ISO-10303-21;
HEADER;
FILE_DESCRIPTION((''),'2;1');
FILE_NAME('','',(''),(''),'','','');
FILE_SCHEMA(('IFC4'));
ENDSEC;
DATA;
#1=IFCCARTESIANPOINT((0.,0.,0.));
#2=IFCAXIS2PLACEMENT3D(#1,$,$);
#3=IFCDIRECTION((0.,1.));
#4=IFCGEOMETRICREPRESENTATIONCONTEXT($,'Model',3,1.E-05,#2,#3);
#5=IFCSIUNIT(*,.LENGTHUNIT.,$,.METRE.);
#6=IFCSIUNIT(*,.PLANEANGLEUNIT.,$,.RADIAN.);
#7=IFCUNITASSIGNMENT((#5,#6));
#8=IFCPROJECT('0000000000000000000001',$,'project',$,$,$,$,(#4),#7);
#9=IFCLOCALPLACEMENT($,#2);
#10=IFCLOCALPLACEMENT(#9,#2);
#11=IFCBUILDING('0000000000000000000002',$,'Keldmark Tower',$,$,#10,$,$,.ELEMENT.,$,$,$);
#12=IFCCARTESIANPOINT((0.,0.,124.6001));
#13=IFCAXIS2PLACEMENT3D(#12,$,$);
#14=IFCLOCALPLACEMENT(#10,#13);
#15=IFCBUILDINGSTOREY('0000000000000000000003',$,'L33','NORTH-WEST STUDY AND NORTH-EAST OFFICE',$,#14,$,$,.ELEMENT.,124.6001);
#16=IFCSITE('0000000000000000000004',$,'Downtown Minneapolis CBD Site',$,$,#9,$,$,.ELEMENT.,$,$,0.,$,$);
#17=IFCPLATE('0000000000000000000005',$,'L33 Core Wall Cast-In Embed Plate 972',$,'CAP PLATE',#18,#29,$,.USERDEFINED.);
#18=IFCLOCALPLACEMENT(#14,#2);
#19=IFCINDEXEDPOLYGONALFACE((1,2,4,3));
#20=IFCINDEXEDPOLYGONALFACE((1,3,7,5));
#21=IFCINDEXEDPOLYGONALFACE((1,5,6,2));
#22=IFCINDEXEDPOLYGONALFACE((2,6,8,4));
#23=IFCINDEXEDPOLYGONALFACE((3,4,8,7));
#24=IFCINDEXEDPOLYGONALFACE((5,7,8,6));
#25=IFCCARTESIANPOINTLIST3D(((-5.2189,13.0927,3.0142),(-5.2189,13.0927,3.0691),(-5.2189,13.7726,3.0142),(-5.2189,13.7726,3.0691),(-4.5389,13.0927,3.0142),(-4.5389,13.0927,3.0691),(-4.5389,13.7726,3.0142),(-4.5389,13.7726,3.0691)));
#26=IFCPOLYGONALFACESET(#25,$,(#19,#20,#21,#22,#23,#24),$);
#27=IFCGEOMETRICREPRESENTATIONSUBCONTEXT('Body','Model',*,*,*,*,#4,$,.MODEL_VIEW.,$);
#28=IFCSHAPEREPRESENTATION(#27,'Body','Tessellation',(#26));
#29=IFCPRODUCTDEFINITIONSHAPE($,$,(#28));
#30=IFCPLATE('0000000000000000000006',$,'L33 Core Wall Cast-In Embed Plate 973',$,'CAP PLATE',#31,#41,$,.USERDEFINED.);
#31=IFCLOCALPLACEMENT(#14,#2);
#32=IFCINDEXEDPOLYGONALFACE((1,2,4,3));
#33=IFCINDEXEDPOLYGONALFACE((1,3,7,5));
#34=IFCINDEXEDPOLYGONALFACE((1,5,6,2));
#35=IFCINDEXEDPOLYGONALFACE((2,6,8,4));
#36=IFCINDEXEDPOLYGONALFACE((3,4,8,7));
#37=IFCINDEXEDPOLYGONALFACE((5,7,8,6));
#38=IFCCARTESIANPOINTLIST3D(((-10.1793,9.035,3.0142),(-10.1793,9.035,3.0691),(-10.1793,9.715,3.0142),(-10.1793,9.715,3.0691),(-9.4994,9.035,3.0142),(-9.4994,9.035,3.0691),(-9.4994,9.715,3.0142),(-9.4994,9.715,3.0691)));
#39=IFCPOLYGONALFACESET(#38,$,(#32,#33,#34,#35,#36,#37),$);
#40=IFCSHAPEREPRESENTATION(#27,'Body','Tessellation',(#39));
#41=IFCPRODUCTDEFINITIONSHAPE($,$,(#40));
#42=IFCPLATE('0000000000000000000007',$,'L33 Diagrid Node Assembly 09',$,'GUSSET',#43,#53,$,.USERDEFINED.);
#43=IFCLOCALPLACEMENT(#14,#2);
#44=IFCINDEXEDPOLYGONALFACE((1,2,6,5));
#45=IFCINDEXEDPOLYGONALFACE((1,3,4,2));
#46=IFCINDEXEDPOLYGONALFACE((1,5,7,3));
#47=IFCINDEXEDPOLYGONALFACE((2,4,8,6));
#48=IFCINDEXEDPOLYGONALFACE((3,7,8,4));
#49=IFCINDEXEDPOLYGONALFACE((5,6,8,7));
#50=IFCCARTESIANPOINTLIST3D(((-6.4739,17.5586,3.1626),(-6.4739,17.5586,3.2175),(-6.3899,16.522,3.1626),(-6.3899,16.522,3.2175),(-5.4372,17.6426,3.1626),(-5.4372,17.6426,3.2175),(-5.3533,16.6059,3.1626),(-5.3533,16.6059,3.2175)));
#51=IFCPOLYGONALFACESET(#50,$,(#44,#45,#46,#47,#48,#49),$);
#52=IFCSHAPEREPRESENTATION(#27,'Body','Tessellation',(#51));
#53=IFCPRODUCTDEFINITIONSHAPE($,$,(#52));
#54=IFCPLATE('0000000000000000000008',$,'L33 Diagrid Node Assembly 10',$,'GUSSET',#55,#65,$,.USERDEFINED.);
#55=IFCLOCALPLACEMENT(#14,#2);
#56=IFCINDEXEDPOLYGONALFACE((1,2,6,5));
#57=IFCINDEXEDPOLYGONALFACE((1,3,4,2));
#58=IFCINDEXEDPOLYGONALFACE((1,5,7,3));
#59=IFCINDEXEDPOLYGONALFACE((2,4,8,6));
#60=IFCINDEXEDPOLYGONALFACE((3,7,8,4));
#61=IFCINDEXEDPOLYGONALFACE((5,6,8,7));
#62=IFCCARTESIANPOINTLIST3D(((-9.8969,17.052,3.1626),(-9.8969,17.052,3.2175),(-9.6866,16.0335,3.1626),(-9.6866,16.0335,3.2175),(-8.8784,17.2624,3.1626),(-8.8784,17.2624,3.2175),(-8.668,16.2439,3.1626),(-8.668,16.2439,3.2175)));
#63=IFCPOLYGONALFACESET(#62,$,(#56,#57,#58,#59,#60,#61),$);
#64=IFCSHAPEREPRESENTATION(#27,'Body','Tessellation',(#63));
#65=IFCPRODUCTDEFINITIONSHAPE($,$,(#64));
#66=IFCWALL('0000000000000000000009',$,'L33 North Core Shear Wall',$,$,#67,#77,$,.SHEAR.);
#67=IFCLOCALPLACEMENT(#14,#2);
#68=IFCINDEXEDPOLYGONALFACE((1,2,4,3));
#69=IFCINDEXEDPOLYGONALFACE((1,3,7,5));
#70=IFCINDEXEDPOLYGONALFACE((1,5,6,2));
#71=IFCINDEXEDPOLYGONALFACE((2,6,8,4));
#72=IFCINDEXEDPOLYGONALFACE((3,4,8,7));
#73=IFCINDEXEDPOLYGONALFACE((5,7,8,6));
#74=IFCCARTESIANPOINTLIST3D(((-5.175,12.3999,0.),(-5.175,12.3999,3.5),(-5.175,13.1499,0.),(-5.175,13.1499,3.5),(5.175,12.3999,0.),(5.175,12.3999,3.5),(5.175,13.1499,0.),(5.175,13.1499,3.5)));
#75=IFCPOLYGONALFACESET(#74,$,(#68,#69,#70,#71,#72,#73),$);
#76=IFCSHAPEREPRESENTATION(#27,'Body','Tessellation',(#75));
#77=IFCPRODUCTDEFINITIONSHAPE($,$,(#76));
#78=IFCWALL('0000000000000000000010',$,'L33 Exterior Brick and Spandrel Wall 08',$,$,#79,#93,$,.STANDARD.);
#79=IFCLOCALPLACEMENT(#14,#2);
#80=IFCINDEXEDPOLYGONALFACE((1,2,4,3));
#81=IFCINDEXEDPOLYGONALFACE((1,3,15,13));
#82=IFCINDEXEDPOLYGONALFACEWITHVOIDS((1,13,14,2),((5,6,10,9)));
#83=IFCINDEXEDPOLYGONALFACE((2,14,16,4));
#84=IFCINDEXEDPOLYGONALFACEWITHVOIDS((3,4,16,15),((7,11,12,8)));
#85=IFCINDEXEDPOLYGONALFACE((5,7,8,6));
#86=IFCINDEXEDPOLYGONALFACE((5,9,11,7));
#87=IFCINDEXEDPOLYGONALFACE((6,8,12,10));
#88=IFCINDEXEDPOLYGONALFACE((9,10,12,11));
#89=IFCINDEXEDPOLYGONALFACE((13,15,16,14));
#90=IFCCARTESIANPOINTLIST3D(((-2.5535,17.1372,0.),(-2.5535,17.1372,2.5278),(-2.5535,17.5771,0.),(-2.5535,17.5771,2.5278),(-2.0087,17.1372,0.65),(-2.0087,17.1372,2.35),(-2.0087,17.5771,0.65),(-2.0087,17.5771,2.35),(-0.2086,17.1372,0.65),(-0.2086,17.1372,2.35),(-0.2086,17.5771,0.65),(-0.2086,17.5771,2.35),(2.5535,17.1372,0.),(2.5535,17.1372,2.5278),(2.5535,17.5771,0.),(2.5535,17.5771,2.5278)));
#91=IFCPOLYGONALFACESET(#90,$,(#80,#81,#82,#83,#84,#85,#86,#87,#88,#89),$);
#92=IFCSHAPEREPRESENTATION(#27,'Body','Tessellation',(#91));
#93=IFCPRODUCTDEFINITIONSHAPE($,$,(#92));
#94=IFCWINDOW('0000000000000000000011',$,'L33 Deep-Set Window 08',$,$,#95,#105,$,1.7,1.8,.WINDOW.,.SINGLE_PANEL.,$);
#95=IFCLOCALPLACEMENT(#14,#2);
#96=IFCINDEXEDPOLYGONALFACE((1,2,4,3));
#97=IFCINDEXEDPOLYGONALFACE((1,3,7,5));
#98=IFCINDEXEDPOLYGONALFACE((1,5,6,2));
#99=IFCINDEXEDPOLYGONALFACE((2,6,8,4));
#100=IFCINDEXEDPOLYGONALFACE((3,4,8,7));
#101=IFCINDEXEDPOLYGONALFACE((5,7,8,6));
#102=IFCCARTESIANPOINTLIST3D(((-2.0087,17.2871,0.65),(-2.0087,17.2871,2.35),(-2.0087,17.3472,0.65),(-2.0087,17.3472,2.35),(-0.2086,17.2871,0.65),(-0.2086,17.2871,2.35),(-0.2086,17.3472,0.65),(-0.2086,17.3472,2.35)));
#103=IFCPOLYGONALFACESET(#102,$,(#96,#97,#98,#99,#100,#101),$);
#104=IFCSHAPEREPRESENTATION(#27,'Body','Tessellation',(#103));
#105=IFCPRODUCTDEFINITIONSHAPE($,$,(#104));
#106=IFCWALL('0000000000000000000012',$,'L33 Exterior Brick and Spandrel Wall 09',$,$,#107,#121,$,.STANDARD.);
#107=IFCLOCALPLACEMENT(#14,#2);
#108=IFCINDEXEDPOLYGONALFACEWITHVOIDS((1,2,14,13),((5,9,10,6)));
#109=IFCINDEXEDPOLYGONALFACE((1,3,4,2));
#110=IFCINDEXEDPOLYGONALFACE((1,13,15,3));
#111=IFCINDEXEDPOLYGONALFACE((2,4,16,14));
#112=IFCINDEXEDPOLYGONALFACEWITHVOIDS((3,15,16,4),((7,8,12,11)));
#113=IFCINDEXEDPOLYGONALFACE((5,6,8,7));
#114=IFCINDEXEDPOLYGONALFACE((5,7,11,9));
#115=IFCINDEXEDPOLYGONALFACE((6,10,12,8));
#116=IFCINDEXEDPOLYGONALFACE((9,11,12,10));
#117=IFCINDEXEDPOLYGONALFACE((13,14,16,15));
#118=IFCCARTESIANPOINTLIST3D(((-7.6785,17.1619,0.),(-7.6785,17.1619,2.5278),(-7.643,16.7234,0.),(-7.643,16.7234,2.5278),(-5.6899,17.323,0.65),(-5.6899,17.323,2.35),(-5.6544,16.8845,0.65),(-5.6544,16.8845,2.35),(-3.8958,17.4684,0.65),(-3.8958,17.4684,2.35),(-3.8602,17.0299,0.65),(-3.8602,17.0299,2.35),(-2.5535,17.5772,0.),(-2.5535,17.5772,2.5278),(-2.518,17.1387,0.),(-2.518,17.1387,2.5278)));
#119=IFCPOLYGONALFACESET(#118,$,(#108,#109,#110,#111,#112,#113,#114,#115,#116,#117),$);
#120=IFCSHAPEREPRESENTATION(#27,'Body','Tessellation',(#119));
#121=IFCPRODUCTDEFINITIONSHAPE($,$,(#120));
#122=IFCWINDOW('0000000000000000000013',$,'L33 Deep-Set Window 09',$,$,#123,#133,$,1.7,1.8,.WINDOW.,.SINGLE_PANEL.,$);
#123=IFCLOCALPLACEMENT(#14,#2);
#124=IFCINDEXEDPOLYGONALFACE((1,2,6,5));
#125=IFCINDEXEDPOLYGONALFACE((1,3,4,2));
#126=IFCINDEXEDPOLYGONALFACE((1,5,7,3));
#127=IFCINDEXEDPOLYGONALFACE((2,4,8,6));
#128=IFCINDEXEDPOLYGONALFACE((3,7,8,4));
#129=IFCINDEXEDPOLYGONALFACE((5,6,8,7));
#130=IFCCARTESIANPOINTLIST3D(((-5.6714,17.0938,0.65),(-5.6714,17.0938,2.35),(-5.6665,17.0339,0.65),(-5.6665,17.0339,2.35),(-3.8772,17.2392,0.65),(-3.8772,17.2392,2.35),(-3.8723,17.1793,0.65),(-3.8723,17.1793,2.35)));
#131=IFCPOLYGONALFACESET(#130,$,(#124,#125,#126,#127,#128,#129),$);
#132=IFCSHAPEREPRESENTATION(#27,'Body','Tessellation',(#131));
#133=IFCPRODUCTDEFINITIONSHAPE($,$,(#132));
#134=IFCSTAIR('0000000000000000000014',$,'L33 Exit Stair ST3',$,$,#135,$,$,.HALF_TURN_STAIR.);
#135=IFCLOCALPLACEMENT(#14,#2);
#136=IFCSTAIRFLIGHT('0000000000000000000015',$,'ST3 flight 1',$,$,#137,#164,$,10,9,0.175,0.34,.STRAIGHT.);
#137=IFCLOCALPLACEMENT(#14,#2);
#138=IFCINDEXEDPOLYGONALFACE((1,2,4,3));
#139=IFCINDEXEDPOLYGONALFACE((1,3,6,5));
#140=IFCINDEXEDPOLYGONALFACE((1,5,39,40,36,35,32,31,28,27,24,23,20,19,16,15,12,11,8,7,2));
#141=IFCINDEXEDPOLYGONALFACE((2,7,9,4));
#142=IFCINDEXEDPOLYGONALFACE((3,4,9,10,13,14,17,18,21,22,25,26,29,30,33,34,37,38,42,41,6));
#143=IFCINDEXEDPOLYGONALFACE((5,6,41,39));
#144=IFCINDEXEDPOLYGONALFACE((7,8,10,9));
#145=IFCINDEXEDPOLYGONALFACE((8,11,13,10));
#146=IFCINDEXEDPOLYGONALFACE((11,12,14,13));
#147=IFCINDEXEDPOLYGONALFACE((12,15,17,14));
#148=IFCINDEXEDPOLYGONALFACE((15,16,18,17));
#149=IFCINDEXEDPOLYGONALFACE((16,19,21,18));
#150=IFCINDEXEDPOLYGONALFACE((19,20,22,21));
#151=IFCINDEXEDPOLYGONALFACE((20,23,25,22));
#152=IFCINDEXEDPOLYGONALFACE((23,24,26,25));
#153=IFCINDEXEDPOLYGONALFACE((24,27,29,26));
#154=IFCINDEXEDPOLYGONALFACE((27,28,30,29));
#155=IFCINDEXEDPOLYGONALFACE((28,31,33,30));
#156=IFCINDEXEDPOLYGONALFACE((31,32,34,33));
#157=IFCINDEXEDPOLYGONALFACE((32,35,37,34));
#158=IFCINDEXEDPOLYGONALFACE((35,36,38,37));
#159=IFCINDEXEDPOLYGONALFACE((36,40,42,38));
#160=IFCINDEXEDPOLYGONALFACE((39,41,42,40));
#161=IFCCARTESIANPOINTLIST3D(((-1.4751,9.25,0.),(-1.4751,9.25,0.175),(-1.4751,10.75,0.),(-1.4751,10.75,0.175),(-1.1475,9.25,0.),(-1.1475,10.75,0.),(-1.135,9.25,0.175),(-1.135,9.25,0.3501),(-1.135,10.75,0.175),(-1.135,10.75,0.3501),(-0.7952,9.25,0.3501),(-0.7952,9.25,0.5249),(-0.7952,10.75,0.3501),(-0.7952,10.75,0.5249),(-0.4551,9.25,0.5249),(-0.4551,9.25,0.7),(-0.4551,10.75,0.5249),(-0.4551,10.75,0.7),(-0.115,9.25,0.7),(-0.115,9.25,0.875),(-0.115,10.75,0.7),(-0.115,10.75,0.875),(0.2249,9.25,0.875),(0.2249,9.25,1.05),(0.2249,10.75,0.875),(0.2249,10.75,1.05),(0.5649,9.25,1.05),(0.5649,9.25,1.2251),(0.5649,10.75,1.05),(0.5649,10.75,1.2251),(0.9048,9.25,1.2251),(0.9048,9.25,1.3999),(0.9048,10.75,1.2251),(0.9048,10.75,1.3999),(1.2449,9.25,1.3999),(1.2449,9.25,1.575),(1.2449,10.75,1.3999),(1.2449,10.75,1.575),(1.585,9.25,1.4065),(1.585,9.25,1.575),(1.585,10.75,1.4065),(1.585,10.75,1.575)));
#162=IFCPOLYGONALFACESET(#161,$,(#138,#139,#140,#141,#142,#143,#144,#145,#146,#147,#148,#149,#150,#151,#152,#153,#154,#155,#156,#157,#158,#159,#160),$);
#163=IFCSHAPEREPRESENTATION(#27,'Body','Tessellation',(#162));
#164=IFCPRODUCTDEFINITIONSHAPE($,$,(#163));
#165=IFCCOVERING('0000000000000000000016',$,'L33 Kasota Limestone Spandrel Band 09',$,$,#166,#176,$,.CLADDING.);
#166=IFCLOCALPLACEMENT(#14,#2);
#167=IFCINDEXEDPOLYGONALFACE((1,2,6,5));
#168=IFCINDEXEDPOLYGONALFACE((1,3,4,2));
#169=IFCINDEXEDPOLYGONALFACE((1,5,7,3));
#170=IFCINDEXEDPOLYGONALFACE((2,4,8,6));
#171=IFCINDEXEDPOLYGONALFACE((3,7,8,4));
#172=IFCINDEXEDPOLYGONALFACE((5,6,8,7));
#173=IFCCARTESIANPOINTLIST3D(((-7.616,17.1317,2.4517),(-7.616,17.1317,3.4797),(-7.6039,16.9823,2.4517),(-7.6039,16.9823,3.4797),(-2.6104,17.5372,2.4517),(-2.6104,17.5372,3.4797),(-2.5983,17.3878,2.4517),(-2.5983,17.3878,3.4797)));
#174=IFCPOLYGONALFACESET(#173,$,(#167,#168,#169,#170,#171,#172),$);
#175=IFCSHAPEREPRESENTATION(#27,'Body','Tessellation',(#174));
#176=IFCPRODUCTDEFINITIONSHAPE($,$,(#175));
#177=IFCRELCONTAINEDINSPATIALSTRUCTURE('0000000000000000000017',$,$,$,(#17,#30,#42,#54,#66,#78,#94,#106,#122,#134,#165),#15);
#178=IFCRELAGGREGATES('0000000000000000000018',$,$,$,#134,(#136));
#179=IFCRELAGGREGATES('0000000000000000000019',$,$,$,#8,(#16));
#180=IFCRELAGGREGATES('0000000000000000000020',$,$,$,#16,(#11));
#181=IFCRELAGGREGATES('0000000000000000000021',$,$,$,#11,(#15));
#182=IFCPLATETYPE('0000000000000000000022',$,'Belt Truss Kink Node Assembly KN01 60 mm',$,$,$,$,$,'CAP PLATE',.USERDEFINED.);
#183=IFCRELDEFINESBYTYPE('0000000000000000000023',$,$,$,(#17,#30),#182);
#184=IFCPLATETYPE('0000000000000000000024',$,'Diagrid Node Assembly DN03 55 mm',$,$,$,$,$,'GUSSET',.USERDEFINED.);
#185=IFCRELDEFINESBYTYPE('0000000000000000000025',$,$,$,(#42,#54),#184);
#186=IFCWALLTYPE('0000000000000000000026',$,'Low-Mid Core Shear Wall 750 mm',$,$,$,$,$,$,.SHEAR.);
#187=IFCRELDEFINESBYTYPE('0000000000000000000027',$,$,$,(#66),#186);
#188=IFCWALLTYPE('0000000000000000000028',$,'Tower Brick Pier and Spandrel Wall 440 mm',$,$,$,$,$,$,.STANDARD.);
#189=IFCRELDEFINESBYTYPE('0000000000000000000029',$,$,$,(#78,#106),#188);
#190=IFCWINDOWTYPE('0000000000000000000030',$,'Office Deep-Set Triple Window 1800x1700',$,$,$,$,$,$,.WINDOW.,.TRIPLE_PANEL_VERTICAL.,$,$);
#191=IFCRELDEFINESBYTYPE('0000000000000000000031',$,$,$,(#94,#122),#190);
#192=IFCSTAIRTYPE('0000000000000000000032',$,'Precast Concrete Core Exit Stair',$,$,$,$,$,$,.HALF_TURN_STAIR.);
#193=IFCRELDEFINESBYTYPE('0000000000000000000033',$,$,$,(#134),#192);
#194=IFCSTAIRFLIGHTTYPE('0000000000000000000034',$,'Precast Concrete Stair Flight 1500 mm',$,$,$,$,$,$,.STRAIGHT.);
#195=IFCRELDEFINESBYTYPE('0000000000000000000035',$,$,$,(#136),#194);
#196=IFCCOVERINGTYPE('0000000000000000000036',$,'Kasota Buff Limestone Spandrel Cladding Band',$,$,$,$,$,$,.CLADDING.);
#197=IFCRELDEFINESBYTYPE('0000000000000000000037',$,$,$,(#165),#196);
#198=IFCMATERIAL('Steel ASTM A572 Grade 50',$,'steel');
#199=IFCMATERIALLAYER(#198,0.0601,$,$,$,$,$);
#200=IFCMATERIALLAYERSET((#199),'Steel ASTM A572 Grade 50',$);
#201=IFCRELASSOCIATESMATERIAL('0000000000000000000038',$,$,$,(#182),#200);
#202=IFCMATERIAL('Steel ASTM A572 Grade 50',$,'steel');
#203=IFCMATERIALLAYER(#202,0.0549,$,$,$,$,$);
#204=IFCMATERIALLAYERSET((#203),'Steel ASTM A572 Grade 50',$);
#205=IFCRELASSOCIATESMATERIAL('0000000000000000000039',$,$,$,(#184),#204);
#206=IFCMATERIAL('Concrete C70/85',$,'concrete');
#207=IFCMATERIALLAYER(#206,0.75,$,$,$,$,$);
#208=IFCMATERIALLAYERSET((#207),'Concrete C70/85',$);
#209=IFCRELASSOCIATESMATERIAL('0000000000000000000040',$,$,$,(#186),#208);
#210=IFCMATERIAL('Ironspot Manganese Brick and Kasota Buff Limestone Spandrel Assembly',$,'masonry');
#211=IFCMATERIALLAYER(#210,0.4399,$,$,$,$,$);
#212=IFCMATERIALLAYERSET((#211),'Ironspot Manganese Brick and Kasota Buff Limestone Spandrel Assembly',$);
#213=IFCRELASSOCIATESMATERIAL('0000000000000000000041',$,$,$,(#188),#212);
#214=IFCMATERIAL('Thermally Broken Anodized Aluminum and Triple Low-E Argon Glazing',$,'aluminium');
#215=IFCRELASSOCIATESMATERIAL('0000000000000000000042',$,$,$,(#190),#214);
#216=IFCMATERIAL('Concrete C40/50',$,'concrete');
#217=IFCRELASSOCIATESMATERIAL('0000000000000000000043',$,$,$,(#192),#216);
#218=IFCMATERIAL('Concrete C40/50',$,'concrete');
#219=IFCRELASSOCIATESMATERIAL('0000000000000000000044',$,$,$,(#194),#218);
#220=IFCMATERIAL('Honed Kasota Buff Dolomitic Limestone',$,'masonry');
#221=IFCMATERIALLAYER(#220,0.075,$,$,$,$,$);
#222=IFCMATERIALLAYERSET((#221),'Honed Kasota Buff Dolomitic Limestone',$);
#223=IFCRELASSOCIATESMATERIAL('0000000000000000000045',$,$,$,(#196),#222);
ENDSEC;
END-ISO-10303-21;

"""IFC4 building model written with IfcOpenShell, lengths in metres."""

from ifc_helpers import new_model, si_unit, direction, frame, frame_2d, origin, origin_2d, place, context, subcontext, project, spatial, polyline, rectangle, outline, extrude, material, layer, layer_set, type_object, element, fill, aggregate, save


model = new_model("IFC4")

# Units and contexts
model_context = context("Model", 3, precision=1e-05, world=origin(), true_north=direction((0.0, 1.0)))
body_context = subcontext(model_context, "Body", "Model", "MODEL_VIEW")
ifc_project = project(units=[si_unit("LENGTHUNIT", "METRE"), si_unit("PLANEANGLEUNIT", "RADIAN")], contexts=[model_context])

# Site, building, storey
site_placement = place(None, origin())
site = spatial("IfcSite", under=ifc_project, at=site_placement, Name="Downtown Minneapolis CBD Site", CompositionType="ELEMENT", RefElevation=0.0)
building_placement = place(site_placement, origin())
building = spatial("IfcBuilding", under=site, at=building_placement, Name="Keldmark Tower", CompositionType="ELEMENT")
storey_placement = place(building_placement, frame((0.0, 0.0, 124.6001)))
storey = spatial("IfcBuildingStorey", under=building, at=storey_placement, Name="L33", Description="NORTH-WEST STUDY AND NORTH-EAST OFFICE", CompositionType="ELEMENT", Elevation=124.6001)

# Plates
ifc_material_1 = material(Name="Steel ASTM A572 Grade 50", Category="steel")
ifc_layer_1 = layer(ifc_material_1, 0.0601)
ifc_layer_set_1 = layer_set([ifc_layer_1], Name="Steel ASTM A572 Grade 50")
plate_type_1 = type_object("IfcPlateType", Name="Belt Truss Kink Node Assembly KN01 60 mm", ElementType="CAP PLATE", PredefinedType="USERDEFINED", material=ifc_layer_set_1)
for number, where, z_axis, x_axis, name in (
    (1, (-4.8789, 13.4326, 3.0142), (0.0, 0.0, 1.0), (1.0, 0.0, 0.0), "L33 Core Wall Cast-In Embed Plate 972"),
    (2, (-9.8394, 9.375, 3.0142), (0.0, 0.0, 1.0), (1.0, 0.0, 0.0), "L33 Core Wall Cast-In Embed Plate 973"),
):
    element("IfcPlate", number, at=place(storey_placement, frame(where, z_axis=z_axis, x_axis=x_axis)), inside=storey, type_object=plate_type_1, Name=name, ObjectType="CAP PLATE", PredefinedType="USERDEFINED", context=body_context, shape_type="SweptSolid", body=[
        extrude(rectangle(XDim=0.6799, YDim=0.6799, at=origin_2d()), origin(), (0.0, 0.0, 1.0), 0.0549),
    ])
ifc_material_2 = material(Name="Steel ASTM A572 Grade 50", Category="steel")
ifc_layer_2 = layer(ifc_material_2, 0.0549)
ifc_layer_set_2 = layer_set([ifc_layer_2], Name="Steel ASTM A572 Grade 50")
plate_type_2 = type_object("IfcPlateType", Name="Diagrid Node Assembly DN03 55 mm", ElementType="GUSSET", PredefinedType="USERDEFINED", material=ifc_layer_set_2)
for number, where, z_axis, x_axis, name in (
    (3, (-5.9136, 17.0823, 3.1626), (0.0, 0.0, 1.0), (-0.996737, -0.080721, 0.0), "L33 Diagrid Node Assembly 09"),
    (4, (-9.2825, 16.6479, 3.1626), (0.0, 0.0, 1.0), (-0.979329, -0.202275, 0.0), "L33 Diagrid Node Assembly 10"),
):
    element("IfcPlate", number, at=place(storey_placement, frame(where, z_axis=z_axis, x_axis=x_axis)), inside=storey, type_object=plate_type_2, Name=name, ObjectType="GUSSET", PredefinedType="USERDEFINED", context=body_context, shape_type="SweptSolid", body=[
        extrude(rectangle(XDim=1.04, YDim=1.04, at=origin_2d()), origin(), (0.0, 0.0, 1.0), 0.0549),
    ])

# Wall
ifc_material_3 = material(Name="Concrete C70/85", Category="concrete")
ifc_layer_3 = layer(ifc_material_3, 0.75)
ifc_layer_set_3 = layer_set([ifc_layer_3], Name="Concrete C70/85")
wall_type_1 = type_object("IfcWallType", Name="Low-Mid Core Shear Wall 750 mm", PredefinedType="SHEAR", material=ifc_layer_set_3)
wall_1_placement = place(storey_placement, frame((-5.175, 12.7749, 0.0), z_axis=(0.0, 0.0, 1.0), x_axis=(1.0, 0.0, 0.0)))
element("IfcWall", 5, at=wall_1_placement, inside=storey, type_object=wall_type_1, Name="L33 North Core Shear Wall", PredefinedType="SHEAR", context=body_context, shape_type="SweptSolid", body=[
    extrude(rectangle(XDim=10.3501, YDim=0.75, at=frame_2d((5.175, 0.0))), origin(), (0.0, 0.0, 1.0), 3.5),
])

# Walls, openings, windows
ifc_material_4 = material(Name="Ironspot Manganese Brick and Kasota Buff Limestone Spandrel Assembly", Category="masonry")
ifc_layer_4 = layer(ifc_material_4, 0.4399)
ifc_layer_set_4 = layer_set([ifc_layer_4], Name="Ironspot Manganese Brick and Kasota Buff Limestone Spandrel Assembly")
wall_type_2 = type_object("IfcWallType", Name="Tower Brick Pier and Spandrel Wall 440 mm", PredefinedType="STANDARD", material=ifc_layer_set_4)
wall_2_placement = place(storey_placement, frame((-2.5535, 17.3572, 0.0), z_axis=(0.0, 0.0, 1.0), x_axis=(1.0, 0.0, 0.0)))
wall_2 = element("IfcWall", 6, at=wall_2_placement, inside=storey, type_object=wall_type_2, Name="L33 Exterior Brick and Spandrel Wall 08", PredefinedType="STANDARD", context=body_context, shape_type="SweptSolid", body=[
    extrude(rectangle(XDim=5.1069, YDim=0.4399, at=frame_2d((2.5535, 0.0))), origin(), (0.0, 0.0, 1.0), 2.5278),
])
opening_1_placement = place(wall_2_placement, frame((0.5449, 0.0, 0.6499)))
opening_1 = element("IfcOpeningElement", 7, at=opening_1_placement, cuts=wall_2, PredefinedType="OPENING", context=body_context, shape_type="SweptSolid", body=[
    extrude(rectangle(XDim=1.8, YDim=1.7, at=frame_2d((0.8999, 0.8501))), frame((0.0, 0.23, 0.0), z_axis=(0.0, -1.0, 0.0), x_axis=(1.0, 0.0, 0.0)), (0.0, 0.0, 1.0), 0.46),
])
ifc_material_5 = material(Name="Thermally Broken Anodized Aluminum and Triple Low-E Argon Glazing", Category="aluminium")
window_type = type_object("IfcWindowType", Name="Office Deep-Set Triple Window 1800x1700", PartitioningType="TRIPLE_PANEL_VERTICAL", PredefinedType="WINDOW", material=ifc_material_5)
window_1_placement = place(opening_1_placement, origin())
window_1 = element("IfcWindow", 8, at=window_1_placement, inside=storey, type_object=window_type, Name="L33 Deep-Set Window 08", OverallHeight=1.7, OverallWidth=1.8, PartitioningType="SINGLE_PANEL", PredefinedType="WINDOW", context=body_context, shape_type="SweptSolid", body=[
    extrude(rectangle(XDim=1.8, YDim=1.7, at=frame_2d((0.8999, 0.8501))), frame((0.0, -0.01, 0.0), z_axis=(0.0, -1.0, 0.0), x_axis=(1.0, 0.0, 0.0)), (0.0, 0.0, 1.0), 0.0601),
])
fill(opening_1, window_1)
wall_3_placement = place(storey_placement, frame((-7.6606, 16.9426, 0.0), z_axis=(0.0, 0.0, 1.0), x_axis=(0.996733, 0.080766, 0.0)))
wall_3 = element("IfcWall", 9, at=wall_3_placement, inside=storey, type_object=wall_type_2, Name="L33 Exterior Brick and Spandrel Wall 09", PredefinedType="STANDARD", context=body_context, shape_type="SweptSolid", body=[
    extrude(rectangle(XDim=5.1418, YDim=0.4399, at=frame_2d((2.5708, 0.0))), origin(), (0.0, 0.0, 1.0), 2.5278),
])
opening_2_placement = place(wall_3_placement, frame((1.9951, 0.0, 0.6499)))
opening_2 = element("IfcOpeningElement", 10, at=opening_2_placement, cuts=wall_3, PredefinedType="OPENING", context=body_context, shape_type="SweptSolid", body=[
    extrude(rectangle(XDim=1.8, YDim=1.7, at=frame_2d((0.8999, 0.8501))), frame((0.0, 0.23, 0.0), z_axis=(0.0, -1.0, 0.0), x_axis=(1.0, 0.0, 0.0)), (0.0, 0.0, 1.0), 0.46),
])
window_2_placement = place(opening_2_placement, origin())
window_2 = element("IfcWindow", 11, at=window_2_placement, inside=storey, type_object=window_type, Name="L33 Deep-Set Window 09", OverallHeight=1.7, OverallWidth=1.8, PartitioningType="SINGLE_PANEL", PredefinedType="WINDOW", context=body_context, shape_type="SweptSolid", body=[
    extrude(rectangle(XDim=1.8, YDim=1.7, at=frame_2d((0.8999, 0.8501))), frame((0.0, -0.01, 0.0), z_axis=(0.0, -1.0, 0.0), x_axis=(1.0, 0.0, 0.0)), (0.0, 0.0, 1.0), 0.0601),
])
fill(opening_2, window_2)

# Stair, stair flight
ifc_material_6 = material(Name="Concrete C40/50", Category="concrete")
stair_type = type_object("IfcStairType", Name="Precast Concrete Core Exit Stair", PredefinedType="HALF_TURN_STAIR", material=ifc_material_6)
stair_placement = place(storey_placement, origin())
stair = element("IfcStair", 12, at=stair_placement, inside=storey, type_object=stair_type, Name="L33 Exit Stair ST3", PredefinedType="HALF_TURN_STAIR")
ifc_material_7 = material(Name="Concrete C40/50", Category="concrete")
stair_flight_type = type_object("IfcStairFlightType", Name="Precast Concrete Stair Flight 1500 mm", PredefinedType="STRAIGHT", material=ifc_material_7)
stair_flight_placement = place(storey_placement, frame((-1.4751, 10.0, 0.0), z_axis=(0.0, 0.0, 1.0), x_axis=(1.0, 0.0, 0.0)))
stair_flight = element("IfcStairFlight", 13, at=stair_flight_placement, type_object=stair_flight_type, Name="ST3 flight 1", NumberOfRisers=10, NumberOfTreads=9, PredefinedType="STRAIGHT", RiserHeight=0.175, TreadLength=0.34, context=body_context, shape_type="SweptSolid", body=[
    extrude(outline(polyline([(0.0, 0.0), (0.0, 0.175), (0.3401, 0.175), (0.3401, 0.3501), (0.6799, 0.3501), (0.6799, 0.5249), (1.02, 0.5249), (1.02, 0.7), (1.3601, 0.7), (1.3601, 0.875), (1.7, 0.875), (1.7, 1.05), (2.04, 1.05), (2.04, 1.2251), (2.3799, 1.2251), (2.3799, 1.3999), (2.72, 1.3999), (2.72, 1.575), (3.0601, 1.575), (3.0601, 1.75), (3.0601, 1.4065), (0.3276, 0.0), (0.0, 0.0)])), frame((0.0, 0.75, 0.0), z_axis=(0.0, -1.0, 0.0), x_axis=(1.0, 0.0, 0.0)), (0.0, 0.0, 1.0), 1.5),
])
aggregate(stair, [stair_flight])

# Covering
ifc_material_8 = material(Name="Honed Kasota Buff Dolomitic Limestone", Category="masonry")
ifc_layer_5 = layer(ifc_material_8, 0.075)
ifc_layer_set_5 = layer_set([ifc_layer_5], Name="Honed Kasota Buff Dolomitic Limestone")
covering_type = type_object("IfcCoveringType", Name="Kasota Buff Limestone Spandrel Cladding Band", PredefinedType="CLADDING", material=ifc_layer_set_5)
covering_placement = place(storey_placement, frame((-5.1072, 17.2598, 2.4517), z_axis=(0.0, 0.0, 1.0), x_axis=(-0.996734, -0.080756, 0.0)))
element("IfcCovering", 14, at=covering_placement, inside=storey, type_object=covering_type, Name="L33 Kasota Limestone Spandrel Band 09", PredefinedType="CLADDING", context=body_context, shape_type="SweptSolid", body=[
    extrude(rectangle(XDim=5.022, YDim=0.1499, at=origin_2d()), origin(), (0.0, 0.0, 1.0), 1.0281),
])

save(model, "model.ifc")
